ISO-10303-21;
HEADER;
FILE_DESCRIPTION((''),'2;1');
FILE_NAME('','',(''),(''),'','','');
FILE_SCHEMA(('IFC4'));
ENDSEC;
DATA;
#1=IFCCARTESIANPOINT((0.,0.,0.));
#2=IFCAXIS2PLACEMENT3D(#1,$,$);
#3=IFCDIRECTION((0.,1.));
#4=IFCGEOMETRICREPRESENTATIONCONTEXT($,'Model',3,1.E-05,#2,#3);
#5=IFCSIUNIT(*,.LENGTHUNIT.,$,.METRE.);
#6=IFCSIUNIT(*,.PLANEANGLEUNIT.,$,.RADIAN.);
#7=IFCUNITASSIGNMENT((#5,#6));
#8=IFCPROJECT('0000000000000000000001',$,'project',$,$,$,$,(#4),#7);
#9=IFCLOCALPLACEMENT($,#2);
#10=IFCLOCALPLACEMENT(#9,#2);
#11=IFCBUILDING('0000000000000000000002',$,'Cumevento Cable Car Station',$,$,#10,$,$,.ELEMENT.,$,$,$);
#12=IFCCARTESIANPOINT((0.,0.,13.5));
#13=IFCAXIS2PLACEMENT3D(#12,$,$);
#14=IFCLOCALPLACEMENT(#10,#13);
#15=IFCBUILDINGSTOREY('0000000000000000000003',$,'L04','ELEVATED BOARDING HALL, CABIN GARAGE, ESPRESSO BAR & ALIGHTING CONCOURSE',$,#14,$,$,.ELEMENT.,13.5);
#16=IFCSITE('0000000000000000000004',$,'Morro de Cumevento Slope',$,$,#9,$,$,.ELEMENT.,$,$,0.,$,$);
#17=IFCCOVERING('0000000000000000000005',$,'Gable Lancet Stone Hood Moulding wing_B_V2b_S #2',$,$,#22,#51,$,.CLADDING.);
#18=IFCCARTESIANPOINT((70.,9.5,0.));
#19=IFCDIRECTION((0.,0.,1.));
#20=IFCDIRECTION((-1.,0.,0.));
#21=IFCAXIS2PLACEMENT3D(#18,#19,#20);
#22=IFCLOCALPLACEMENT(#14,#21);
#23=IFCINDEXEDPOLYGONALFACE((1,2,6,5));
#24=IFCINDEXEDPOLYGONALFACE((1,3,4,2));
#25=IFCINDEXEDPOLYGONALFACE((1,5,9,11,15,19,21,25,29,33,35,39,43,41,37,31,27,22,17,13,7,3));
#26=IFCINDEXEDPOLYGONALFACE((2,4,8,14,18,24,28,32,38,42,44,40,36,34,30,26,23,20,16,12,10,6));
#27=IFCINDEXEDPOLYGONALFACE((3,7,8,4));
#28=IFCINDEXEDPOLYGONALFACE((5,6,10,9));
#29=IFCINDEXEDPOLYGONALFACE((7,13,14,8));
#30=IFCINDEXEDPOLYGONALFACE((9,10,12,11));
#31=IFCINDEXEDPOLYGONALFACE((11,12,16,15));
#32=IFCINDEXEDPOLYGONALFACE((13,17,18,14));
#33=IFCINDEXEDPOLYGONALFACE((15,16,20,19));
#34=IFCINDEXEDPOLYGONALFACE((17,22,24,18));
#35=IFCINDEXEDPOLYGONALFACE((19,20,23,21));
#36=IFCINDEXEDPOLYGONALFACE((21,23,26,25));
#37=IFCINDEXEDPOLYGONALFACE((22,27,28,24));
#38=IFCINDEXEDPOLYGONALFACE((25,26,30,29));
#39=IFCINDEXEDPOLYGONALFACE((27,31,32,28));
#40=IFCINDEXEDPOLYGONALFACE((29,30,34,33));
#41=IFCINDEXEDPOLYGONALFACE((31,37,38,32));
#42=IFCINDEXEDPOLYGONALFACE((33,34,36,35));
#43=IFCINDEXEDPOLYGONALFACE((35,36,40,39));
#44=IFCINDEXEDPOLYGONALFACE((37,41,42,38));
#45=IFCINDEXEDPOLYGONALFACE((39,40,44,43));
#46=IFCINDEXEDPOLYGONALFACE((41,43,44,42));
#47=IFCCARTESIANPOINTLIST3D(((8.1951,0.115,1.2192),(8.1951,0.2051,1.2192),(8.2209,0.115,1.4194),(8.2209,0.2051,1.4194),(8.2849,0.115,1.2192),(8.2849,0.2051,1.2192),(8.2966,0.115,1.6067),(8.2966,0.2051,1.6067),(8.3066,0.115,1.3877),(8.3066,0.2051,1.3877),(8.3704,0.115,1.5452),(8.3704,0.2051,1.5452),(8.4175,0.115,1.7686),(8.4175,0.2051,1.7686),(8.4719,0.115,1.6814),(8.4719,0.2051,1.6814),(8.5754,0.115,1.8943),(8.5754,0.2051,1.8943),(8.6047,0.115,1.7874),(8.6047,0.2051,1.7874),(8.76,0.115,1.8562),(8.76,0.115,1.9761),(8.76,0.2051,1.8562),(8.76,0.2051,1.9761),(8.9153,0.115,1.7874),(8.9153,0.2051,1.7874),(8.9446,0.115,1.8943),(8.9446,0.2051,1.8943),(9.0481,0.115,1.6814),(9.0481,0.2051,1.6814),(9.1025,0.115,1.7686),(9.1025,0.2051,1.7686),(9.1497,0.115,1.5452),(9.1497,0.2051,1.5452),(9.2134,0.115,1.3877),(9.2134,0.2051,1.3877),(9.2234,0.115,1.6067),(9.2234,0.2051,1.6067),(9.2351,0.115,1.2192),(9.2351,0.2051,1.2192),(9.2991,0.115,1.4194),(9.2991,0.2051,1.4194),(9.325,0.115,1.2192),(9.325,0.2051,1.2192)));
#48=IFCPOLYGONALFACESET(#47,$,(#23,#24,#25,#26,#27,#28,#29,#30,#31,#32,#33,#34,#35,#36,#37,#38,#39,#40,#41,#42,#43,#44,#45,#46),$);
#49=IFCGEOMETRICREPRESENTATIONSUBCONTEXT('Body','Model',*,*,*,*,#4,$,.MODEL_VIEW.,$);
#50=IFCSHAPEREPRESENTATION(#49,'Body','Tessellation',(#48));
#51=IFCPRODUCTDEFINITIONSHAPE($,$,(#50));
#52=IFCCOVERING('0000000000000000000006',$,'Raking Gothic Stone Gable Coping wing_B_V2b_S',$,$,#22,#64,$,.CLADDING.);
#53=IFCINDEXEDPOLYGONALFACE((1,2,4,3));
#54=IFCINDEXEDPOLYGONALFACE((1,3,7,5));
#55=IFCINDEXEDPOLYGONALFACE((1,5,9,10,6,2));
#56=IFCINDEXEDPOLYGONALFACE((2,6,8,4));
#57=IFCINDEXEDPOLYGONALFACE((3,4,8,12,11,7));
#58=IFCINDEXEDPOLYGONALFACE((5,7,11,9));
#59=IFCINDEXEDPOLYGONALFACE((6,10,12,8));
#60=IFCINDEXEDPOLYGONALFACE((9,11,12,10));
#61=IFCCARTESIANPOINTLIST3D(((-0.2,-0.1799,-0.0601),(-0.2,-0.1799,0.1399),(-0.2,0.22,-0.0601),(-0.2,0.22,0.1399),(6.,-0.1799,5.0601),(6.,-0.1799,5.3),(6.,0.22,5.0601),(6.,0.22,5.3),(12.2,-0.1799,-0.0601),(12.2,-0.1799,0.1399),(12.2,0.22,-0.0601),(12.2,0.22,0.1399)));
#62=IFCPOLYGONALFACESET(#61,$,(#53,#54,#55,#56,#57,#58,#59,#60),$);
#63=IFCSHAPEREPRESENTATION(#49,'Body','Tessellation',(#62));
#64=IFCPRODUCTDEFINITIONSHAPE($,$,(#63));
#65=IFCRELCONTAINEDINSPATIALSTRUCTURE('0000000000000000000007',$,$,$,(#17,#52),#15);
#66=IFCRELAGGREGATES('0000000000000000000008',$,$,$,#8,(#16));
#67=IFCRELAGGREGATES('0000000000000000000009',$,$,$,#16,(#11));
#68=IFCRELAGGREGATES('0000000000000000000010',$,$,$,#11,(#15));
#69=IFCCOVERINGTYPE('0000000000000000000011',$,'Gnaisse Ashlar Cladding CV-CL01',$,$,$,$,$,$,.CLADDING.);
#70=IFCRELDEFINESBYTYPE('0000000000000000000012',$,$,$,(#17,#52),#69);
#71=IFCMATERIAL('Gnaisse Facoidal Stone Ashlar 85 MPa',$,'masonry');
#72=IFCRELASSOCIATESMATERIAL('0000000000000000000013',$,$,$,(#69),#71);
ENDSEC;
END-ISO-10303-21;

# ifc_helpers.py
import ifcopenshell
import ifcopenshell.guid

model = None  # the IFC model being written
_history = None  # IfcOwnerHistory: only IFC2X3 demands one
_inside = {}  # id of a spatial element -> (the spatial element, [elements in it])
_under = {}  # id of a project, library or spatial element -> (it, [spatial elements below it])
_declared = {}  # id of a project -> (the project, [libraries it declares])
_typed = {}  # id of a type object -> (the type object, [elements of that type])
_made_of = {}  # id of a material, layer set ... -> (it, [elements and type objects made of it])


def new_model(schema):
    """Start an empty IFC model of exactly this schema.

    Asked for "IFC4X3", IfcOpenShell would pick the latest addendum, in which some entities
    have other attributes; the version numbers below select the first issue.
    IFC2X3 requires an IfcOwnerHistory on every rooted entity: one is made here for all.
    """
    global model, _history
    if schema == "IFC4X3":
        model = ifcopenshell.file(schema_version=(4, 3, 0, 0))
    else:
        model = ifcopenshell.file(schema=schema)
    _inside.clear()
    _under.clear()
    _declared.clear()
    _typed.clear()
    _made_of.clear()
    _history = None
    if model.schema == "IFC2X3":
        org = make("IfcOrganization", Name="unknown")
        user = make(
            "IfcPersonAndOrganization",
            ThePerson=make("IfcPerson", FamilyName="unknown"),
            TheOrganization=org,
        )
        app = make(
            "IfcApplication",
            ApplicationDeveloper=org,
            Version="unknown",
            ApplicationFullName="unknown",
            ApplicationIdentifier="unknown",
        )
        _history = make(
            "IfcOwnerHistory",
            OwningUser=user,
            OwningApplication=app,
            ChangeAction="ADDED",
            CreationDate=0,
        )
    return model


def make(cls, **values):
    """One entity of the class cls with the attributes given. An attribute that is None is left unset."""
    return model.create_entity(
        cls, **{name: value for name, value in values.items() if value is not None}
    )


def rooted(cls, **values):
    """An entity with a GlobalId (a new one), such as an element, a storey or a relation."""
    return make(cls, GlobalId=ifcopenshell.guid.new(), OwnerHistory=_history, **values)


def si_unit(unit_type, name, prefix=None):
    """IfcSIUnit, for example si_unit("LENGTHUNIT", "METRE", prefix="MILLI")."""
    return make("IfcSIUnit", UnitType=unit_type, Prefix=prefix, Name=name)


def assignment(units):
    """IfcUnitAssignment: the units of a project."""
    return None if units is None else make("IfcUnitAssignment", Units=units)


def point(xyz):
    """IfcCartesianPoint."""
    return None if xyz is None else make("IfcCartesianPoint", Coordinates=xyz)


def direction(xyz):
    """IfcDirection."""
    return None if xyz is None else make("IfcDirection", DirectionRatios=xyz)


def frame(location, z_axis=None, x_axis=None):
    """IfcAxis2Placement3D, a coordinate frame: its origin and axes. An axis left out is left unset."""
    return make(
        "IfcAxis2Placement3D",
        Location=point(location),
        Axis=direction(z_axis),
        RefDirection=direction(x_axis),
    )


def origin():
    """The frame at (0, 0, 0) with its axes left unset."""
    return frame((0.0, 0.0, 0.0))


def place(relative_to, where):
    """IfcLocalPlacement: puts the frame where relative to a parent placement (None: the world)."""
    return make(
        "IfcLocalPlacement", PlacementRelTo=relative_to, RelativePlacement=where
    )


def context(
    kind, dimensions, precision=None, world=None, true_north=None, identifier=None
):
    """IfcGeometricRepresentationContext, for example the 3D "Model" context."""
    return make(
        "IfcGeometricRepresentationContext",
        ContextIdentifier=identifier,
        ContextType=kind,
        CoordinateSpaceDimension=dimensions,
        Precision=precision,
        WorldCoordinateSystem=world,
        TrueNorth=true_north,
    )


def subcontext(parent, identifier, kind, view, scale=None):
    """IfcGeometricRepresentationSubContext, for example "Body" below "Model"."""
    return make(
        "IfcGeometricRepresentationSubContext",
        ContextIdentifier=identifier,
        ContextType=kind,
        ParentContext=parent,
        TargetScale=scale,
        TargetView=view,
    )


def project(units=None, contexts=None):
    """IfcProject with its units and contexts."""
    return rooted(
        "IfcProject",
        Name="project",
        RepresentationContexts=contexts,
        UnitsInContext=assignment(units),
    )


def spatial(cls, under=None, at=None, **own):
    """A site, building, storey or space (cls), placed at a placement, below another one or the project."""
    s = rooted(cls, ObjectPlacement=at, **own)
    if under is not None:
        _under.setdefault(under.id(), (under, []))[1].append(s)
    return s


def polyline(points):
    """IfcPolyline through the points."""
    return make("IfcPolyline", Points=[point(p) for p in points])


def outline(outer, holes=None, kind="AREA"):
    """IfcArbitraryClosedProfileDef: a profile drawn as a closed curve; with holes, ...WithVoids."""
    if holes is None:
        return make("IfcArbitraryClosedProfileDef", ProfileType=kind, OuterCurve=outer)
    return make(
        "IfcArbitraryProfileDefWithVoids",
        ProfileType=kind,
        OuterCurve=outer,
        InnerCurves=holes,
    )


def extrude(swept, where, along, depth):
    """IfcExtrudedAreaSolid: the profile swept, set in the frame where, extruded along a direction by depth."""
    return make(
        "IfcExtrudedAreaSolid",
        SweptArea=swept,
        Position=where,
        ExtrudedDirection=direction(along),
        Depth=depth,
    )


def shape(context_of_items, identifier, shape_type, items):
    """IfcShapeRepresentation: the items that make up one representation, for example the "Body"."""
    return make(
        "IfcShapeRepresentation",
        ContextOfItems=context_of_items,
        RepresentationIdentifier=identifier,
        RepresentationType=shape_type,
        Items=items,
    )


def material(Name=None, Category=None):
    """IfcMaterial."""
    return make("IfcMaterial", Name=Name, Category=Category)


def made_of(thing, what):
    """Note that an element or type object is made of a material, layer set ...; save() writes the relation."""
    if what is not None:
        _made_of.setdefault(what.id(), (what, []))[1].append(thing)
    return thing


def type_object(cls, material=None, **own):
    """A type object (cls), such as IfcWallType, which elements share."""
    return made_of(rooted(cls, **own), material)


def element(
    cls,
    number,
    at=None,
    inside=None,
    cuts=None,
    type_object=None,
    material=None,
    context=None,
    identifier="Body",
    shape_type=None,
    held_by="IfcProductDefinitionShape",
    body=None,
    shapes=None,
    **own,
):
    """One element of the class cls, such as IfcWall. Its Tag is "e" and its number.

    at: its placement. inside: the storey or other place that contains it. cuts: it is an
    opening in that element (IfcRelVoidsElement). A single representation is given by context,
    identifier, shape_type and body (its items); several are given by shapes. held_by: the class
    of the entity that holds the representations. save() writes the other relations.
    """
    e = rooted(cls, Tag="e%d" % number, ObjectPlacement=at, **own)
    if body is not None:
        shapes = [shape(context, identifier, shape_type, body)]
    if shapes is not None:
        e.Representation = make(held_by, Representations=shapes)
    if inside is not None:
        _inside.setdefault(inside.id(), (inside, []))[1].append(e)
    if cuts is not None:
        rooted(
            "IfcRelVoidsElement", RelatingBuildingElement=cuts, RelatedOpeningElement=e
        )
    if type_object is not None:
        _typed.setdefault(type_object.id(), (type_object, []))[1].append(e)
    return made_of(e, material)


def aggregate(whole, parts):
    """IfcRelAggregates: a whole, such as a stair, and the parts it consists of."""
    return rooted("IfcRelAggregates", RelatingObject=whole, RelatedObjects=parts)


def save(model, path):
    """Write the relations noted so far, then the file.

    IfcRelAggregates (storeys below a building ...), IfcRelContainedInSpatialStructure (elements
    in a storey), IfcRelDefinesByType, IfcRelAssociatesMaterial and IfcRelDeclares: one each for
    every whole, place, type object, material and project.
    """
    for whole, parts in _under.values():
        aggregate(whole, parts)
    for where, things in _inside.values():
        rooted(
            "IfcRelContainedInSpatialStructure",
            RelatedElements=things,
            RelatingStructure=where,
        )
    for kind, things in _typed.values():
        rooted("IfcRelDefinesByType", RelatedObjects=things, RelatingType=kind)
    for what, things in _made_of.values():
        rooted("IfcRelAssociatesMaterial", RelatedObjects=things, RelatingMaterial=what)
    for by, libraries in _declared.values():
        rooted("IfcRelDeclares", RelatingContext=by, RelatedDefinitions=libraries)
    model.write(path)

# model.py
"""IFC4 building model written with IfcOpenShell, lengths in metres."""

from ifc_helpers import new_model, si_unit, direction, frame, origin, place, context, subcontext, project, spatial, polyline, outline, extrude, material, type_object, element, save


model = new_model("IFC4")

# Units and contexts
model_context = context("Model", 3, precision=1e-05, world=origin(), true_north=direction((0.0, 1.0)))
body_context = subcontext(model_context, "Body", "Model", "MODEL_VIEW")
ifc_project = project(units=[si_unit("LENGTHUNIT", "METRE"), si_unit("PLANEANGLEUNIT", "RADIAN")], contexts=[model_context])

# Site, building, storey
site_placement = place(None, origin())
site = spatial("IfcSite", under=ifc_project, at=site_placement, Name="Morro de Cumevento Slope", CompositionType="ELEMENT", RefElevation=0.0)
building_placement = place(site_placement, origin())
building = spatial("IfcBuilding", under=site, at=building_placement, Name="Cumevento Cable Car Station", CompositionType="ELEMENT")
storey_placement = place(building_placement, frame((0.0, 0.0, 13.5)))
storey = spatial("IfcBuildingStorey", under=building, at=storey_placement, Name="L04", Description="ELEVATED BOARDING HALL, CABIN GARAGE, ESPRESSO BAR & ALIGHTING CONCOURSE", CompositionType="ELEMENT", Elevation=13.5)

# Coverings
ifc_material_1 = material(Name="Gnaisse Facoidal Stone Ashlar 85 MPa", Category="masonry")
covering_type = type_object("IfcCoveringType", Name="Gnaisse Ashlar Cladding CV-CL01", PredefinedType="CLADDING", material=ifc_material_1)
placement = place(storey_placement, frame((70.0, 9.5, 0.0), z_axis=(0.0, 0.0, 1.0), x_axis=(-1.0, 0.0, 0.0)))
element("IfcCovering", 1, at=placement, inside=storey, type_object=covering_type, Name="Gable Lancet Stone Hood Moulding wing_B_V2b_S #2", PredefinedType="CLADDING", context=body_context, shape_type="SweptSolid", body=[
    extrude(outline(polyline([(8.2849, 1.2192), (8.3066, 1.3877), (8.3704, 1.5452), (8.4719, 1.6814), (8.6047, 1.7874), (8.76, 1.8562), (8.9153, 1.7874), (9.0481, 1.6814), (9.1497, 1.5452), (9.2134, 1.3877), (9.2351, 1.2192), (9.325, 1.2192), (9.2991, 1.4194), (9.2234, 1.6067), (9.1025, 1.7686), (8.9446, 1.8943), (8.76, 1.9761), (8.5754, 1.8943), (8.4175, 1.7686), (8.2966, 1.6067), (8.2209, 1.4194), (8.1951, 1.2192), (8.2849, 1.2192)])), frame((0.0, 0.2051, 0.0), z_axis=(0.0, -1.0, 0.0), x_axis=(1.0, 0.0, 0.0)), (0.0, 0.0, 1.0), 0.0901),
])
element("IfcCovering", 2, at=placement, inside=storey, type_object=covering_type, Name="Raking Gothic Stone Gable Coping wing_B_V2b_S", PredefinedType="CLADDING", context=body_context, shape_type="SweptSolid", body=[
    extrude(outline(polyline([(-0.2, -0.0601), (6.0, 5.0601), (12.2, -0.0601), (12.2, 0.1399), (6.0, 5.3), (-0.2, 0.1399), (-0.2, -0.0601)])), frame((0.0, 0.22, 0.0), z_axis=(0.0, -1.0, 0.0), x_axis=(1.0, 0.0, 0.0)), (0.0, 0.0, 1.0), 0.3999),
])

save(model, "model.ifc")
